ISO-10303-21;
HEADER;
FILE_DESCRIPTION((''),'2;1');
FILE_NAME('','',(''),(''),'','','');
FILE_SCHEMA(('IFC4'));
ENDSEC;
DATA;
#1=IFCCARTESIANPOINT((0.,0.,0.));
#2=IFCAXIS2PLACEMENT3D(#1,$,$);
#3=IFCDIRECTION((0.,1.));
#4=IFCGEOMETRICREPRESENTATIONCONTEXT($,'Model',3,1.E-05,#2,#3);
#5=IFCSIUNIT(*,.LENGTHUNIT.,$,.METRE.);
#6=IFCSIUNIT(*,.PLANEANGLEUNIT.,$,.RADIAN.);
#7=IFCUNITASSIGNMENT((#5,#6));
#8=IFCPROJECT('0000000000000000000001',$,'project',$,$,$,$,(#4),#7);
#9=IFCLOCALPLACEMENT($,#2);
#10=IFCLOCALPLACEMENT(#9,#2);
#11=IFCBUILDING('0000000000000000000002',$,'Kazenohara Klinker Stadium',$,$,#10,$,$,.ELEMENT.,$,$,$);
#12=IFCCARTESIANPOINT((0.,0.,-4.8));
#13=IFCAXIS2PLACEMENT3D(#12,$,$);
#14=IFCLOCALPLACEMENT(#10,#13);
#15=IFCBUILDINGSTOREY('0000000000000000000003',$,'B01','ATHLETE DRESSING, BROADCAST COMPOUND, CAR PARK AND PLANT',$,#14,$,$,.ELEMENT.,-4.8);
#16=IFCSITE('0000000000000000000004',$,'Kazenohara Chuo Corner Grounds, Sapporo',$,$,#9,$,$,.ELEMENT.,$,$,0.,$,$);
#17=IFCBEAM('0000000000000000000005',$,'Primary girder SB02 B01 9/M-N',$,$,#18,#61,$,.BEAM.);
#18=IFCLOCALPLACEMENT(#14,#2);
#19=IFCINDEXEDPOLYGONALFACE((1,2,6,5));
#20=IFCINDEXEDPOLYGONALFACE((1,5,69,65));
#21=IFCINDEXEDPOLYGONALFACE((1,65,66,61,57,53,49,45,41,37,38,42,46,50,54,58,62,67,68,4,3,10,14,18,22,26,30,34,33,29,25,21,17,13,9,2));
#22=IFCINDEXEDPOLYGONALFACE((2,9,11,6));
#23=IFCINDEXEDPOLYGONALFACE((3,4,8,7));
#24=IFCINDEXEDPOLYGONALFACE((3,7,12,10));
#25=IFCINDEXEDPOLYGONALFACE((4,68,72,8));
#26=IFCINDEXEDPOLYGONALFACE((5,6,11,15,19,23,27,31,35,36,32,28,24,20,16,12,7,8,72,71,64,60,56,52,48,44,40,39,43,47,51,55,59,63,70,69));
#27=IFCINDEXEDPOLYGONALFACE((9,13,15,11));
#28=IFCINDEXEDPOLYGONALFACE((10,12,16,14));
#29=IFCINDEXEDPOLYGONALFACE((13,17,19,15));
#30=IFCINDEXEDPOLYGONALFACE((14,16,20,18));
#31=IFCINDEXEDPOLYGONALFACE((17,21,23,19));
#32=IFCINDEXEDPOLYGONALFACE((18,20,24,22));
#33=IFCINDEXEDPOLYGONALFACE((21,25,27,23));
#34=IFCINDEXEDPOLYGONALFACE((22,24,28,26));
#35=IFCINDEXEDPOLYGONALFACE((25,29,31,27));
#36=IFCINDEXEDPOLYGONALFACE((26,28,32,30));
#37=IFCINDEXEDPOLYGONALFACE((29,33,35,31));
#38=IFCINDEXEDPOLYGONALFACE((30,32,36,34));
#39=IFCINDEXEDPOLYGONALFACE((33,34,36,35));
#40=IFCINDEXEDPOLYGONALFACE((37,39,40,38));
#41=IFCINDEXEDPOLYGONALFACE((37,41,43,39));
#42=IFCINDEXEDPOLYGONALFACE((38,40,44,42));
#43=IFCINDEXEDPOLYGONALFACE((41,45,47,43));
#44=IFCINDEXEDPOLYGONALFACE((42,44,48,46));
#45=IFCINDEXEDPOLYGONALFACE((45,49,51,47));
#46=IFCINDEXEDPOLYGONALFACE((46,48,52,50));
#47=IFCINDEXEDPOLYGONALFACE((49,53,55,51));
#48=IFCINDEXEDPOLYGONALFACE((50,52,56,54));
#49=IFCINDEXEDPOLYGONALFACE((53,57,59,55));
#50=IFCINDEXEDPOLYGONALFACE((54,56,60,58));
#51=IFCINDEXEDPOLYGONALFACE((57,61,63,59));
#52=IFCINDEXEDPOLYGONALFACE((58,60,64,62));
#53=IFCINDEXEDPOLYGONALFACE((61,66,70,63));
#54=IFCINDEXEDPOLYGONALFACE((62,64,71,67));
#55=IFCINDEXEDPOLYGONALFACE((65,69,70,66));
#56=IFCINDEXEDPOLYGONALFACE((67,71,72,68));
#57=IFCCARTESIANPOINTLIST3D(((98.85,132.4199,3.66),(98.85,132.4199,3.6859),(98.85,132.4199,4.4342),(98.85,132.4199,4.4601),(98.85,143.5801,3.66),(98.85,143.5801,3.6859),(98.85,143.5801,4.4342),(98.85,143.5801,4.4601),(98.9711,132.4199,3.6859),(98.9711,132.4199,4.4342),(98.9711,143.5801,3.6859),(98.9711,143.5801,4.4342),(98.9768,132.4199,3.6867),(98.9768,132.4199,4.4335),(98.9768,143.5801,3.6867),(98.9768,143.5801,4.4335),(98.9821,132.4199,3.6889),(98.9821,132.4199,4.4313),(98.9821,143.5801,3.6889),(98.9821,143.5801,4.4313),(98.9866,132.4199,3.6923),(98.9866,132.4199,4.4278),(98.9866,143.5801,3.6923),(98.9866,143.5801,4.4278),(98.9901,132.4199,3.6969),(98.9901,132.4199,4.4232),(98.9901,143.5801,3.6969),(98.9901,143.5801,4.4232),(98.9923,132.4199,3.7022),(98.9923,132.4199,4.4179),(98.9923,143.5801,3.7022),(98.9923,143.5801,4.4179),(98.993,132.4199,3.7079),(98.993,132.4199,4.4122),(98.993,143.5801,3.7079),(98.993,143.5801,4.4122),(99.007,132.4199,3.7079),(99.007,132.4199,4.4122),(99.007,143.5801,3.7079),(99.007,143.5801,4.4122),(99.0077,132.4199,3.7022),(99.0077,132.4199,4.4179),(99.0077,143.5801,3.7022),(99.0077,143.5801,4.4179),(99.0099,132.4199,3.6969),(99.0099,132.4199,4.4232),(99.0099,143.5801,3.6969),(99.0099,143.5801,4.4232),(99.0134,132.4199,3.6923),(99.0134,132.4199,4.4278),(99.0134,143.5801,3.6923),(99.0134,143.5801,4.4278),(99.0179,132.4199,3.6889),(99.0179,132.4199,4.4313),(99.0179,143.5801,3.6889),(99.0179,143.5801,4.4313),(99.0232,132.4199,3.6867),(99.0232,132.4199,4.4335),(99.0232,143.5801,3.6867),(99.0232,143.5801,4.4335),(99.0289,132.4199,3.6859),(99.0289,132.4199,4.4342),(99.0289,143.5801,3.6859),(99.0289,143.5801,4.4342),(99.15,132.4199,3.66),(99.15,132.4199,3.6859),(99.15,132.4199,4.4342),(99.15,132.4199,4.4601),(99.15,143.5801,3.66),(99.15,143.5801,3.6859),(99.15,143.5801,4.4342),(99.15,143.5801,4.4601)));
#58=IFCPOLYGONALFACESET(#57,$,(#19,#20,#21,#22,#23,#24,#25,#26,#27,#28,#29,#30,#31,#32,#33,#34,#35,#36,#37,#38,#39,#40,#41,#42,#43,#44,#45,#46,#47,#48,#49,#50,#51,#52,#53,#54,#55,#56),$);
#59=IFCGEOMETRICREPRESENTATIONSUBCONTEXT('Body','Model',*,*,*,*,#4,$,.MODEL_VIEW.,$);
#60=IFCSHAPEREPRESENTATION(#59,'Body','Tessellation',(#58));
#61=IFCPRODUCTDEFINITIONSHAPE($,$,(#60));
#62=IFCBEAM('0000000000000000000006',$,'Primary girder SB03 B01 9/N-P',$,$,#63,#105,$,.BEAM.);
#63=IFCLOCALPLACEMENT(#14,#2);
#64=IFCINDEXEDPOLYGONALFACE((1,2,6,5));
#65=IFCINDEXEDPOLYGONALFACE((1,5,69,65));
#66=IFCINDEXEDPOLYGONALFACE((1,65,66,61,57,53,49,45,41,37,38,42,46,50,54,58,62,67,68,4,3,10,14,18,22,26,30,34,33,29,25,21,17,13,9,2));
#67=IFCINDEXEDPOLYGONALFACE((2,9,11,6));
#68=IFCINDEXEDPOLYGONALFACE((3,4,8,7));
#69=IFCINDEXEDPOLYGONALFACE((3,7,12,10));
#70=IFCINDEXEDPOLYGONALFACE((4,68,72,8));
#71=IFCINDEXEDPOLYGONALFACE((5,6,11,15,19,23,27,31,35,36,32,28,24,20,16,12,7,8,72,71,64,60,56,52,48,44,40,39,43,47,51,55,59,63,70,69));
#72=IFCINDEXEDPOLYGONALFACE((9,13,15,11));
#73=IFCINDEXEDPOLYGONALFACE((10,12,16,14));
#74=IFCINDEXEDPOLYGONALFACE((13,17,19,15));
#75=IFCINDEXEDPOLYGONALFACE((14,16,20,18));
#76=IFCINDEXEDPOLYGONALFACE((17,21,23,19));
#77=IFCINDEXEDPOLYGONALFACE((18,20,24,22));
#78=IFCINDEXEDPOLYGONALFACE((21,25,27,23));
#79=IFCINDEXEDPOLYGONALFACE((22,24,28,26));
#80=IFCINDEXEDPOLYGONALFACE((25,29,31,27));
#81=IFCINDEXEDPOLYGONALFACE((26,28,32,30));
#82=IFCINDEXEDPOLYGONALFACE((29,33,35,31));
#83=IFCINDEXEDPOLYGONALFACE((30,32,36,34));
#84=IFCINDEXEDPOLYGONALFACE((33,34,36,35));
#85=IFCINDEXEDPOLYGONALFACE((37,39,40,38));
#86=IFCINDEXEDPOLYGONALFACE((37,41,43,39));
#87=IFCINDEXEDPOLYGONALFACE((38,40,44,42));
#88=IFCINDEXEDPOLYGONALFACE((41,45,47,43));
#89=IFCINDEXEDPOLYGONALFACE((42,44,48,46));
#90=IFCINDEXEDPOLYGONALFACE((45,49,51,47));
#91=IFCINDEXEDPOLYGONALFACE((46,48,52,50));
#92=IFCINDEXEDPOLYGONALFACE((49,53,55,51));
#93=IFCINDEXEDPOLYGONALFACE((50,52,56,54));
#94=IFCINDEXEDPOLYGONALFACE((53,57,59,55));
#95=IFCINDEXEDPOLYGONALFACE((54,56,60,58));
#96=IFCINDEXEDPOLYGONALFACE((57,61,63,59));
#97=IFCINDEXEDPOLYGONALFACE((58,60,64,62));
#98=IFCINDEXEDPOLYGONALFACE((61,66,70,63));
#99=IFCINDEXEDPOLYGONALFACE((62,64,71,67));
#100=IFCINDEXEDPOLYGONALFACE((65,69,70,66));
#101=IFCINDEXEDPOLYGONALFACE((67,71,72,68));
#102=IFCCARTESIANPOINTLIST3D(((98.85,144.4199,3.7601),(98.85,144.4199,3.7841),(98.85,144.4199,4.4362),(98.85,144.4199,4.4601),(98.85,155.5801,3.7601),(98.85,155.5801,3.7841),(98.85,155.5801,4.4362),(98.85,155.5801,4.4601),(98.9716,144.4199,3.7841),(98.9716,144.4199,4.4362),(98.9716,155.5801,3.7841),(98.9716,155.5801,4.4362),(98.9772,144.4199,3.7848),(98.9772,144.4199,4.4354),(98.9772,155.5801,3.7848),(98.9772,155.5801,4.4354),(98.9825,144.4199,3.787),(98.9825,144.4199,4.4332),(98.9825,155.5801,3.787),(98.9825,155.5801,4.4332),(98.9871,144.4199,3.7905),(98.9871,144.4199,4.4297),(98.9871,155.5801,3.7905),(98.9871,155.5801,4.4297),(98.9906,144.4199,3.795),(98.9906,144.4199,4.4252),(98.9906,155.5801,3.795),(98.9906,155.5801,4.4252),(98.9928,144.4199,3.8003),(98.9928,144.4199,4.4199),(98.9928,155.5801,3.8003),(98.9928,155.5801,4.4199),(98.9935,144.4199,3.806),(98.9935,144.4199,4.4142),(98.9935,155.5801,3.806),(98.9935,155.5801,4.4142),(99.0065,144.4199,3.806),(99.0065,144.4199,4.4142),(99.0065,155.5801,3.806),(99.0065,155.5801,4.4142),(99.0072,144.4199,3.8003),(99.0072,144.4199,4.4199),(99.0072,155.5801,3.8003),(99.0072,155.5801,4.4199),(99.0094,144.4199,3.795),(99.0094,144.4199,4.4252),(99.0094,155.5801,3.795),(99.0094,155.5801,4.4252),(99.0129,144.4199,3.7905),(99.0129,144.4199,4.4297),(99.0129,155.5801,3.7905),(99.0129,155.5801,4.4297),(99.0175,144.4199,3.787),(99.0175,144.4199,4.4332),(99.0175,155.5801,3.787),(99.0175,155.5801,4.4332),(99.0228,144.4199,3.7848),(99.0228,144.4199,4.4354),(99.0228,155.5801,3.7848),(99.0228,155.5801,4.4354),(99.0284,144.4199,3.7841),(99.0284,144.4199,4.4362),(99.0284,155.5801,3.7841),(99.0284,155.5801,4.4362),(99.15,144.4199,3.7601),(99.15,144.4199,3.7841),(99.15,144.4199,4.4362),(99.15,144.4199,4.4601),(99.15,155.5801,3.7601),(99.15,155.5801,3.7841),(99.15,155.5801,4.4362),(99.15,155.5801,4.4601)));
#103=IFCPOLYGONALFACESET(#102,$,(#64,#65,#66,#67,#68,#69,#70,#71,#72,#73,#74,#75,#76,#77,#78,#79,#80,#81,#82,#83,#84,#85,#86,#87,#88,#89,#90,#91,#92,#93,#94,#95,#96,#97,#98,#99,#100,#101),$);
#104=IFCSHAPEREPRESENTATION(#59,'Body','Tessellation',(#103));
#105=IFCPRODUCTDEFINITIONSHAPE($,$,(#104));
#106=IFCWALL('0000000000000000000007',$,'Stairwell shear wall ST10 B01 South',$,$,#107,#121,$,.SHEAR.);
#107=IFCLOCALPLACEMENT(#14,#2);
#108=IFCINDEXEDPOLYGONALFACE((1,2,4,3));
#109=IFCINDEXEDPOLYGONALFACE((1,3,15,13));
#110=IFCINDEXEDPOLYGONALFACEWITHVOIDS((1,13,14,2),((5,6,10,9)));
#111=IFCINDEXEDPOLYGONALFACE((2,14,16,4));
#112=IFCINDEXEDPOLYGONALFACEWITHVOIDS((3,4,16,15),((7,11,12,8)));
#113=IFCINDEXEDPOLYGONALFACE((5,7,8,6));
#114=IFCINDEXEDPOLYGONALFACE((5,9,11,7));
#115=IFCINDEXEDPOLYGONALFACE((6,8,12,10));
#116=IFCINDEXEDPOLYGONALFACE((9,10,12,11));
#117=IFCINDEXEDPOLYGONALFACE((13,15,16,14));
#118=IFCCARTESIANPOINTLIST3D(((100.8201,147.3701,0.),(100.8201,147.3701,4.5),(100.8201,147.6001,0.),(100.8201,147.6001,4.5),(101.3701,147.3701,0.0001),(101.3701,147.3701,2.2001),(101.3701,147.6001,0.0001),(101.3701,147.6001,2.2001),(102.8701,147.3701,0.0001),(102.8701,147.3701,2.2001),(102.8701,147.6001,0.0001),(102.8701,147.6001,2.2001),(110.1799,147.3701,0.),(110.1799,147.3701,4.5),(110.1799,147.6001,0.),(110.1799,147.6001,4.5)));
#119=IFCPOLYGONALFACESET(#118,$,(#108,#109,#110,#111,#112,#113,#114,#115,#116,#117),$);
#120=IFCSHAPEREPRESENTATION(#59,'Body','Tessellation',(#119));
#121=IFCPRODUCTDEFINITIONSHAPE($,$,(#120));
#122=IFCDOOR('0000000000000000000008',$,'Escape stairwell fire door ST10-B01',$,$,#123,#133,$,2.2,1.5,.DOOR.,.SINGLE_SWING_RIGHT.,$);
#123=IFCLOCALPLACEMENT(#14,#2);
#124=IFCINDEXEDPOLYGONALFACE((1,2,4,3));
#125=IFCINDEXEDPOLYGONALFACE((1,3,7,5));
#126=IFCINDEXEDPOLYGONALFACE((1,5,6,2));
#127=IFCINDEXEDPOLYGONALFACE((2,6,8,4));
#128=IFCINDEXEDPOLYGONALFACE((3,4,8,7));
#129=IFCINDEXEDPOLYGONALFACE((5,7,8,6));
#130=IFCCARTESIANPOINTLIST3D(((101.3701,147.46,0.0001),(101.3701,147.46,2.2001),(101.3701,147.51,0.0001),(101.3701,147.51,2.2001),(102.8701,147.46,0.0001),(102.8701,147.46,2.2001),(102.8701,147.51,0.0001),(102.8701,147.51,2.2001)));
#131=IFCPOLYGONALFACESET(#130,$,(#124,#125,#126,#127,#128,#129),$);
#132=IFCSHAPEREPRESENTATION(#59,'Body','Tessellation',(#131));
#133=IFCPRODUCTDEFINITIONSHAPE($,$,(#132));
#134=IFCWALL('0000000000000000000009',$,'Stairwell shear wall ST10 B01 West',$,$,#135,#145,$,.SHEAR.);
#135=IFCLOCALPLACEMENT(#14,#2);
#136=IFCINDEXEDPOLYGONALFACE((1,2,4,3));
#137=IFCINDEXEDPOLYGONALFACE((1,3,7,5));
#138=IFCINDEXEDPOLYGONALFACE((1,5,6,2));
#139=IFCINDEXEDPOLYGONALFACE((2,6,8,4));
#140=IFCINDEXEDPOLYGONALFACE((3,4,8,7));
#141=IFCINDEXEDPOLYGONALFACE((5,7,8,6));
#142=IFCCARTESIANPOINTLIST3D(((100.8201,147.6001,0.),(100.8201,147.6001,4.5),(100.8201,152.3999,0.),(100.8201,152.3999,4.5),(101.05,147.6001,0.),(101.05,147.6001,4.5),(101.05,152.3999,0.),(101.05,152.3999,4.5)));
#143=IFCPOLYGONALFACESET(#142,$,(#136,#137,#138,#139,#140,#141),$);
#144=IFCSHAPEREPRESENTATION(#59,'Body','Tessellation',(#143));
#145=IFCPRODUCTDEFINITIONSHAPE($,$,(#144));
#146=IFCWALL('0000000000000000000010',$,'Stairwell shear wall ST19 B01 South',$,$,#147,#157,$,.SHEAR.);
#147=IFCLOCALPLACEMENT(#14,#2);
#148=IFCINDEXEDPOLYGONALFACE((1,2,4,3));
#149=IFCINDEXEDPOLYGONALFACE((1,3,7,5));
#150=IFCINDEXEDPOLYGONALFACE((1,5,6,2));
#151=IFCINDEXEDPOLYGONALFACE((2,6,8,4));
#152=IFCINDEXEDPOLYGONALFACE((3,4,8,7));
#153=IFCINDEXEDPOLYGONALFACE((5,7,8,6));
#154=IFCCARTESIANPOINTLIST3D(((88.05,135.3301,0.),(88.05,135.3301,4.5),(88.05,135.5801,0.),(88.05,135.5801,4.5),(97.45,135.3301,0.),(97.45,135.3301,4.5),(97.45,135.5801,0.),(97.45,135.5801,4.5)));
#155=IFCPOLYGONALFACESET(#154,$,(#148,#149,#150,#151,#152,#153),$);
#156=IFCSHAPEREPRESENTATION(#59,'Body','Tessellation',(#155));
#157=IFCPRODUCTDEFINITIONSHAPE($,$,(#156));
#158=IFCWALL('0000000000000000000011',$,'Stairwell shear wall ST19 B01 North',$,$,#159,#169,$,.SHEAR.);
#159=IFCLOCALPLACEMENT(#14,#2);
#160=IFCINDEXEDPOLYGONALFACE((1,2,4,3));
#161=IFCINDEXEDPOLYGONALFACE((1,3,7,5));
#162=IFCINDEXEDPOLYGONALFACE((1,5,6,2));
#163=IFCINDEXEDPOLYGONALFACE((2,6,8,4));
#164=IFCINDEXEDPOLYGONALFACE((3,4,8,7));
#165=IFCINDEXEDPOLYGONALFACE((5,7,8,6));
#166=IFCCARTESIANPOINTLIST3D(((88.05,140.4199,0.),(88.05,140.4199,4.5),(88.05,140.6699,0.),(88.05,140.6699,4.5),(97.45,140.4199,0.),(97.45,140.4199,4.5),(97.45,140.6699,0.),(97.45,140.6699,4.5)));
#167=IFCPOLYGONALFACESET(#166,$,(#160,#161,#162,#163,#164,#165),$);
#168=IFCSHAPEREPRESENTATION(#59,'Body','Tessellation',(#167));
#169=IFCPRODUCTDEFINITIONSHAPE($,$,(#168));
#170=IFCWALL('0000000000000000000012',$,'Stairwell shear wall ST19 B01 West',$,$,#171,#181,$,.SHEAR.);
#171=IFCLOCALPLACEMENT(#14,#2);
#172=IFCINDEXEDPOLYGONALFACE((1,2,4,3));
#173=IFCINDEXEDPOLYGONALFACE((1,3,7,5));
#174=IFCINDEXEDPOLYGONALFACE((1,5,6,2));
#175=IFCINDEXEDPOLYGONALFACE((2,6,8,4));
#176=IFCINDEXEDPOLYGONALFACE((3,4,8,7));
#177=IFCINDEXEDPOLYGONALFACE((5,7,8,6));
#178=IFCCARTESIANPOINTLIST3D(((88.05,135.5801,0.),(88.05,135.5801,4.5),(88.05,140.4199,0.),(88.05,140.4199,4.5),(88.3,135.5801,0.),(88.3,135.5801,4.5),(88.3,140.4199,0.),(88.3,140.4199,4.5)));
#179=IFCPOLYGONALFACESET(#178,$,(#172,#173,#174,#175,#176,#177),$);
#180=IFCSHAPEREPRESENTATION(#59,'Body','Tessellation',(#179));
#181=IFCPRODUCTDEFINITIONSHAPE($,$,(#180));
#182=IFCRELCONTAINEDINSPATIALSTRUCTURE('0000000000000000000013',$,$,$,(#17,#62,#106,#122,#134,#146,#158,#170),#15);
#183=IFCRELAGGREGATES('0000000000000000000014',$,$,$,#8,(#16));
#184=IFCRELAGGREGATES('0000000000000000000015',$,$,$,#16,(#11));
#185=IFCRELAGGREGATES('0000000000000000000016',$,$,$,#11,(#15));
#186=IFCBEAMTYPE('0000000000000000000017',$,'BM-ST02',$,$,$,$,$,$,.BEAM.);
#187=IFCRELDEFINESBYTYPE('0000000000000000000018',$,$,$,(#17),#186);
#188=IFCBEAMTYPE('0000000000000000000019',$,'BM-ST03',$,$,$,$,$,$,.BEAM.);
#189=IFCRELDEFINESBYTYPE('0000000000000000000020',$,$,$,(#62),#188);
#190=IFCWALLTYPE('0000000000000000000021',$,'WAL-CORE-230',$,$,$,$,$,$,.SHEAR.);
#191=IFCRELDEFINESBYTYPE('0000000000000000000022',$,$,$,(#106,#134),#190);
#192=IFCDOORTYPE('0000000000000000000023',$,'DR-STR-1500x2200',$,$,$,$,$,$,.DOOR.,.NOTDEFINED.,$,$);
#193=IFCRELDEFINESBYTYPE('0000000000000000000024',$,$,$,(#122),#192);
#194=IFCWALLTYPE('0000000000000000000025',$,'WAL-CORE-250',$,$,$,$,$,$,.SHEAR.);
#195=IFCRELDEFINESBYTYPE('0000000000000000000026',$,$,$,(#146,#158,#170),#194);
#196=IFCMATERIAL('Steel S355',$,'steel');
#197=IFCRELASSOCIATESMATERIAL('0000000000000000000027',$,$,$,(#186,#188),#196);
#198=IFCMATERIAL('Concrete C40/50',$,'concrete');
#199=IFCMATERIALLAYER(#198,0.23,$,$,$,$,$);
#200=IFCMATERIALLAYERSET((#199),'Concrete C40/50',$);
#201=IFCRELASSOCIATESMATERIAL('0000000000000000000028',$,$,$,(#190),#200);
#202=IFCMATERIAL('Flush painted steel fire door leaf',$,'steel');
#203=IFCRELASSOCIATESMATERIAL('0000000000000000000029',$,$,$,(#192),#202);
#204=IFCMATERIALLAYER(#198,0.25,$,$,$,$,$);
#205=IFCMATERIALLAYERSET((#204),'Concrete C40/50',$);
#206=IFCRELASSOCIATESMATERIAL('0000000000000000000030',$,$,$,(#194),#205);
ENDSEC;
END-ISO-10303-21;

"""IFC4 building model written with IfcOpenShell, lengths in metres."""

from ifc_helpers import new_model, si_unit, direction, frame, frame_2d, origin, origin_2d, place, context, subcontext, project, spatial, rectangle, i_section, extrude, material, layer, layer_set, material_profile, profile_set, type_object, element, fill, save


model = new_model("IFC4")

# Units and contexts
model_context = context("Model", 3, precision=1e-05, world=origin(), true_north=direction((0.0, 1.0)))
body_context = subcontext(model_context, "Body", "Model", "MODEL_VIEW")
ifc_project = project(units=[si_unit("LENGTHUNIT", "METRE"), si_unit("PLANEANGLEUNIT", "RADIAN")], contexts=[model_context])

# Site, building, storey
site_placement = place(None, origin())
site = spatial("IfcSite", under=ifc_project, at=site_placement, Name="Kazenohara Chuo Corner Grounds, Sapporo", CompositionType="ELEMENT", RefElevation=0.0)
building_placement = place(site_placement, origin())
building = spatial("IfcBuilding", under=site, at=building_placement, Name="Kazenohara Klinker Stadium", CompositionType="ELEMENT")
storey_placement = place(building_placement, frame((0.0, 0.0, -4.8)))
storey = spatial("IfcBuildingStorey", under=building, at=storey_placement, Name="B01", Description="ATHLETE DRESSING, BROADCAST COMPOUND, CAR PARK AND PLANT", CompositionType="ELEMENT", Elevation=-4.8)

# Shared definitions
ifc_material_1 = material(Name="Concrete C40/50", Category="concrete")

# Beams
ifc_material_2 = material(Name="Steel S355", Category="steel")
ifc_material_profile_1 = material_profile(ifc_material_2, i_section(OverallWidth=0.3, OverallDepth=0.8, WebThickness=0.0139, FlangeThickness=0.0259, FilletRadius=0.022, at=origin_2d()), Name="H-800x300x14x26")
ifc_profile_set_1 = profile_set([ifc_material_profile_1], Name="Steel S355")
beam_type_1 = type_object("IfcBeamType", Name="BM-ST02", PredefinedType="BEAM", material=ifc_profile_set_1)
for number, where, z_axis, x_axis, name in (
    (1, (99.0, 132.4199, 4.0601), (0.0, 1.0, 0.0), (-1.0, 0.0, 0.0), "Primary girder SB02 B01 9/M-N"),
):
    element("IfcBeam", number, at=place(storey_placement, frame(where, z_axis=z_axis, x_axis=x_axis)), inside=storey, type_object=beam_type_1, Name=name, PredefinedType="BEAM", context=body_context, shape_type="SweptSolid", body=[
        extrude(i_section(OverallWidth=0.3, OverallDepth=0.8, WebThickness=0.0139, FlangeThickness=0.0259, FilletRadius=0.022, at=origin_2d()), origin(), (0.0, 0.0, 1.0), 11.1602),
    ])
ifc_material_profile_2 = material_profile(ifc_material_2, i_section(OverallWidth=0.3, OverallDepth=0.7, WebThickness=0.0129, FlangeThickness=0.0239, FilletRadius=0.022, at=origin_2d()), Name="H-700x300x13x24")
ifc_profile_set_2 = profile_set([ifc_material_profile_2], Name="Steel S355")
beam_type_2 = type_object("IfcBeamType", Name="BM-ST03", PredefinedType="BEAM", material=ifc_profile_set_2)
beam_1_placement = place(storey_placement, frame((99.0, 144.4199, 4.1101), z_axis=(0.0, 1.0, 0.0), x_axis=(-1.0, 0.0, 0.0)))
element("IfcBeam", 2, at=beam_1_placement, inside=storey, type_object=beam_type_2, Name="Primary girder SB03 B01 9/N-P", PredefinedType="BEAM", context=body_context, shape_type="SweptSolid", body=[
    extrude(i_section(OverallWidth=0.3, OverallDepth=0.7, WebThickness=0.0129, FlangeThickness=0.0239, FilletRadius=0.022, at=origin_2d()), origin(), (0.0, 0.0, 1.0), 11.1602),
])

# Wall, opening, door
ifc_layer_1 = layer(ifc_material_1, 0.23)
ifc_layer_set_1 = layer_set([ifc_layer_1], Name="Concrete C40/50")
wall_type_1 = type_object("IfcWallType", Name="WAL-CORE-230", PredefinedType="SHEAR", material=ifc_layer_set_1)
wall_1_placement = place(storey_placement, frame((100.8201, 147.4851, 0.0), z_axis=(0.0, 0.0, 1.0), x_axis=(1.0, 0.0, 0.0)))
wall_1 = element("IfcWall", 3, at=wall_1_placement, inside=storey, type_object=wall_type_1, Name="Stairwell shear wall ST10 B01 South", PredefinedType="SHEAR", context=body_context, shape_type="SweptSolid", body=[
    extrude(rectangle(XDim=9.3599, YDim=0.23, at=frame_2d((4.6799, 0.0))), origin(), (0.0, 0.0, 1.0), 4.5),
])
opening_placement = place(wall_1_placement, frame((0.55, 0.0, 0.0)))
opening = element("IfcOpeningElement", 4, at=opening_placement, cuts=wall_1, PredefinedType="OPENING", context=body_context, shape_type="SweptSolid", body=[
    extrude(rectangle(XDim=1.5, YDim=2.2, at=frame_2d((0.75, 1.1001))), frame((0.0, 0.125, 0.0), z_axis=(0.0, -1.0, 0.0), x_axis=(1.0, 0.0, 0.0)), (0.0, 0.0, 1.0), 0.25),
])
ifc_material_3 = material(Name="Flush painted steel fire door leaf", Category="steel")
door_type = type_object("IfcDoorType", Name="DR-STR-1500x2200", OperationType="NOTDEFINED", PredefinedType="DOOR", material=ifc_material_3)
door_placement = place(opening_placement, origin())
door = element("IfcDoor", 5, at=door_placement, inside=storey, type_object=door_type, Name="Escape stairwell fire door ST10-B01", OperationType="SINGLE_SWING_RIGHT", OverallHeight=2.2, OverallWidth=1.5, PredefinedType="DOOR", context=body_context, shape_type="SweptSolid", body=[
    extrude(rectangle(XDim=1.5, YDim=2.2, at=frame_2d((0.75, 1.1001))), frame((0.0, 0.0249, 0.0), z_axis=(0.0, -1.0, 0.0), x_axis=(1.0, 0.0, 0.0)), (0.0, 0.0, 1.0), 0.05),
])
fill(opening, door)

# Walls
wall_2_placement = place(storey_placement, frame((100.9351, 147.6001, 0.0), z_axis=(0.0, 0.0, 1.0), x_axis=(0.0, 1.0, 0.0)))
element("IfcWall", 6, at=wall_2_placement, inside=storey, type_object=wall_type_1, Name="Stairwell shear wall ST10 B01 West", PredefinedType="SHEAR", context=body_context, shape_type="SweptSolid", body=[
    extrude(rectangle(XDim=4.7998, YDim=0.23, at=frame_2d((2.3999, 0.0))), origin(), (0.0, 0.0, 1.0), 4.5),
])
ifc_layer_2 = layer(ifc_material_1, 0.25)
ifc_layer_set_2 = layer_set([ifc_layer_2], Name="Concrete C40/50")
wall_type_2 = type_object("IfcWallType", Name="WAL-CORE-250", PredefinedType="SHEAR", material=ifc_layer_set_2)
for number, where, z_axis, x_axis, name in (
    (7, (88.05, 135.4551, 0.0), (0.0, 0.0, 1.0), (1.0, 0.0, 0.0), "Stairwell shear wall ST19 B01 South"),
    (8, (88.05, 140.5449, 0.0), (0.0, 0.0, 1.0), (1.0, 0.0, 0.0), "Stairwell shear wall ST19 B01 North"),
):
    element("IfcWall", number, at=place(storey_placement, frame(where, z_axis=z_axis, x_axis=x_axis)), inside=storey, type_object=wall_type_2, Name=name, PredefinedType="SHEAR", context=body_context, shape_type="SweptSolid", body=[
        extrude(rectangle(XDim=9.3999, YDim=0.25, at=frame_2d((4.7, 0.0))), origin(), (0.0, 0.0, 1.0), 4.5),
    ])
for number, where, z_axis, x_axis, name in (
    (9, (88.175, 135.5801, 0.0), (0.0, 0.0, 1.0), (0.0, 1.0, 0.0), "Stairwell shear wall ST19 B01 West"),
):
    element("IfcWall", number, at=place(storey_placement, frame(where, z_axis=z_axis, x_axis=x_axis)), inside=storey, type_object=wall_type_2, Name=name, PredefinedType="SHEAR", context=body_context, shape_type="SweptSolid", body=[
        extrude(rectangle(XDim=4.8398, YDim=0.25, at=frame_2d((2.4199, 0.0))), origin(), (0.0, 0.0, 1.0), 4.5),
    ])

save(model, "model.ifc")
